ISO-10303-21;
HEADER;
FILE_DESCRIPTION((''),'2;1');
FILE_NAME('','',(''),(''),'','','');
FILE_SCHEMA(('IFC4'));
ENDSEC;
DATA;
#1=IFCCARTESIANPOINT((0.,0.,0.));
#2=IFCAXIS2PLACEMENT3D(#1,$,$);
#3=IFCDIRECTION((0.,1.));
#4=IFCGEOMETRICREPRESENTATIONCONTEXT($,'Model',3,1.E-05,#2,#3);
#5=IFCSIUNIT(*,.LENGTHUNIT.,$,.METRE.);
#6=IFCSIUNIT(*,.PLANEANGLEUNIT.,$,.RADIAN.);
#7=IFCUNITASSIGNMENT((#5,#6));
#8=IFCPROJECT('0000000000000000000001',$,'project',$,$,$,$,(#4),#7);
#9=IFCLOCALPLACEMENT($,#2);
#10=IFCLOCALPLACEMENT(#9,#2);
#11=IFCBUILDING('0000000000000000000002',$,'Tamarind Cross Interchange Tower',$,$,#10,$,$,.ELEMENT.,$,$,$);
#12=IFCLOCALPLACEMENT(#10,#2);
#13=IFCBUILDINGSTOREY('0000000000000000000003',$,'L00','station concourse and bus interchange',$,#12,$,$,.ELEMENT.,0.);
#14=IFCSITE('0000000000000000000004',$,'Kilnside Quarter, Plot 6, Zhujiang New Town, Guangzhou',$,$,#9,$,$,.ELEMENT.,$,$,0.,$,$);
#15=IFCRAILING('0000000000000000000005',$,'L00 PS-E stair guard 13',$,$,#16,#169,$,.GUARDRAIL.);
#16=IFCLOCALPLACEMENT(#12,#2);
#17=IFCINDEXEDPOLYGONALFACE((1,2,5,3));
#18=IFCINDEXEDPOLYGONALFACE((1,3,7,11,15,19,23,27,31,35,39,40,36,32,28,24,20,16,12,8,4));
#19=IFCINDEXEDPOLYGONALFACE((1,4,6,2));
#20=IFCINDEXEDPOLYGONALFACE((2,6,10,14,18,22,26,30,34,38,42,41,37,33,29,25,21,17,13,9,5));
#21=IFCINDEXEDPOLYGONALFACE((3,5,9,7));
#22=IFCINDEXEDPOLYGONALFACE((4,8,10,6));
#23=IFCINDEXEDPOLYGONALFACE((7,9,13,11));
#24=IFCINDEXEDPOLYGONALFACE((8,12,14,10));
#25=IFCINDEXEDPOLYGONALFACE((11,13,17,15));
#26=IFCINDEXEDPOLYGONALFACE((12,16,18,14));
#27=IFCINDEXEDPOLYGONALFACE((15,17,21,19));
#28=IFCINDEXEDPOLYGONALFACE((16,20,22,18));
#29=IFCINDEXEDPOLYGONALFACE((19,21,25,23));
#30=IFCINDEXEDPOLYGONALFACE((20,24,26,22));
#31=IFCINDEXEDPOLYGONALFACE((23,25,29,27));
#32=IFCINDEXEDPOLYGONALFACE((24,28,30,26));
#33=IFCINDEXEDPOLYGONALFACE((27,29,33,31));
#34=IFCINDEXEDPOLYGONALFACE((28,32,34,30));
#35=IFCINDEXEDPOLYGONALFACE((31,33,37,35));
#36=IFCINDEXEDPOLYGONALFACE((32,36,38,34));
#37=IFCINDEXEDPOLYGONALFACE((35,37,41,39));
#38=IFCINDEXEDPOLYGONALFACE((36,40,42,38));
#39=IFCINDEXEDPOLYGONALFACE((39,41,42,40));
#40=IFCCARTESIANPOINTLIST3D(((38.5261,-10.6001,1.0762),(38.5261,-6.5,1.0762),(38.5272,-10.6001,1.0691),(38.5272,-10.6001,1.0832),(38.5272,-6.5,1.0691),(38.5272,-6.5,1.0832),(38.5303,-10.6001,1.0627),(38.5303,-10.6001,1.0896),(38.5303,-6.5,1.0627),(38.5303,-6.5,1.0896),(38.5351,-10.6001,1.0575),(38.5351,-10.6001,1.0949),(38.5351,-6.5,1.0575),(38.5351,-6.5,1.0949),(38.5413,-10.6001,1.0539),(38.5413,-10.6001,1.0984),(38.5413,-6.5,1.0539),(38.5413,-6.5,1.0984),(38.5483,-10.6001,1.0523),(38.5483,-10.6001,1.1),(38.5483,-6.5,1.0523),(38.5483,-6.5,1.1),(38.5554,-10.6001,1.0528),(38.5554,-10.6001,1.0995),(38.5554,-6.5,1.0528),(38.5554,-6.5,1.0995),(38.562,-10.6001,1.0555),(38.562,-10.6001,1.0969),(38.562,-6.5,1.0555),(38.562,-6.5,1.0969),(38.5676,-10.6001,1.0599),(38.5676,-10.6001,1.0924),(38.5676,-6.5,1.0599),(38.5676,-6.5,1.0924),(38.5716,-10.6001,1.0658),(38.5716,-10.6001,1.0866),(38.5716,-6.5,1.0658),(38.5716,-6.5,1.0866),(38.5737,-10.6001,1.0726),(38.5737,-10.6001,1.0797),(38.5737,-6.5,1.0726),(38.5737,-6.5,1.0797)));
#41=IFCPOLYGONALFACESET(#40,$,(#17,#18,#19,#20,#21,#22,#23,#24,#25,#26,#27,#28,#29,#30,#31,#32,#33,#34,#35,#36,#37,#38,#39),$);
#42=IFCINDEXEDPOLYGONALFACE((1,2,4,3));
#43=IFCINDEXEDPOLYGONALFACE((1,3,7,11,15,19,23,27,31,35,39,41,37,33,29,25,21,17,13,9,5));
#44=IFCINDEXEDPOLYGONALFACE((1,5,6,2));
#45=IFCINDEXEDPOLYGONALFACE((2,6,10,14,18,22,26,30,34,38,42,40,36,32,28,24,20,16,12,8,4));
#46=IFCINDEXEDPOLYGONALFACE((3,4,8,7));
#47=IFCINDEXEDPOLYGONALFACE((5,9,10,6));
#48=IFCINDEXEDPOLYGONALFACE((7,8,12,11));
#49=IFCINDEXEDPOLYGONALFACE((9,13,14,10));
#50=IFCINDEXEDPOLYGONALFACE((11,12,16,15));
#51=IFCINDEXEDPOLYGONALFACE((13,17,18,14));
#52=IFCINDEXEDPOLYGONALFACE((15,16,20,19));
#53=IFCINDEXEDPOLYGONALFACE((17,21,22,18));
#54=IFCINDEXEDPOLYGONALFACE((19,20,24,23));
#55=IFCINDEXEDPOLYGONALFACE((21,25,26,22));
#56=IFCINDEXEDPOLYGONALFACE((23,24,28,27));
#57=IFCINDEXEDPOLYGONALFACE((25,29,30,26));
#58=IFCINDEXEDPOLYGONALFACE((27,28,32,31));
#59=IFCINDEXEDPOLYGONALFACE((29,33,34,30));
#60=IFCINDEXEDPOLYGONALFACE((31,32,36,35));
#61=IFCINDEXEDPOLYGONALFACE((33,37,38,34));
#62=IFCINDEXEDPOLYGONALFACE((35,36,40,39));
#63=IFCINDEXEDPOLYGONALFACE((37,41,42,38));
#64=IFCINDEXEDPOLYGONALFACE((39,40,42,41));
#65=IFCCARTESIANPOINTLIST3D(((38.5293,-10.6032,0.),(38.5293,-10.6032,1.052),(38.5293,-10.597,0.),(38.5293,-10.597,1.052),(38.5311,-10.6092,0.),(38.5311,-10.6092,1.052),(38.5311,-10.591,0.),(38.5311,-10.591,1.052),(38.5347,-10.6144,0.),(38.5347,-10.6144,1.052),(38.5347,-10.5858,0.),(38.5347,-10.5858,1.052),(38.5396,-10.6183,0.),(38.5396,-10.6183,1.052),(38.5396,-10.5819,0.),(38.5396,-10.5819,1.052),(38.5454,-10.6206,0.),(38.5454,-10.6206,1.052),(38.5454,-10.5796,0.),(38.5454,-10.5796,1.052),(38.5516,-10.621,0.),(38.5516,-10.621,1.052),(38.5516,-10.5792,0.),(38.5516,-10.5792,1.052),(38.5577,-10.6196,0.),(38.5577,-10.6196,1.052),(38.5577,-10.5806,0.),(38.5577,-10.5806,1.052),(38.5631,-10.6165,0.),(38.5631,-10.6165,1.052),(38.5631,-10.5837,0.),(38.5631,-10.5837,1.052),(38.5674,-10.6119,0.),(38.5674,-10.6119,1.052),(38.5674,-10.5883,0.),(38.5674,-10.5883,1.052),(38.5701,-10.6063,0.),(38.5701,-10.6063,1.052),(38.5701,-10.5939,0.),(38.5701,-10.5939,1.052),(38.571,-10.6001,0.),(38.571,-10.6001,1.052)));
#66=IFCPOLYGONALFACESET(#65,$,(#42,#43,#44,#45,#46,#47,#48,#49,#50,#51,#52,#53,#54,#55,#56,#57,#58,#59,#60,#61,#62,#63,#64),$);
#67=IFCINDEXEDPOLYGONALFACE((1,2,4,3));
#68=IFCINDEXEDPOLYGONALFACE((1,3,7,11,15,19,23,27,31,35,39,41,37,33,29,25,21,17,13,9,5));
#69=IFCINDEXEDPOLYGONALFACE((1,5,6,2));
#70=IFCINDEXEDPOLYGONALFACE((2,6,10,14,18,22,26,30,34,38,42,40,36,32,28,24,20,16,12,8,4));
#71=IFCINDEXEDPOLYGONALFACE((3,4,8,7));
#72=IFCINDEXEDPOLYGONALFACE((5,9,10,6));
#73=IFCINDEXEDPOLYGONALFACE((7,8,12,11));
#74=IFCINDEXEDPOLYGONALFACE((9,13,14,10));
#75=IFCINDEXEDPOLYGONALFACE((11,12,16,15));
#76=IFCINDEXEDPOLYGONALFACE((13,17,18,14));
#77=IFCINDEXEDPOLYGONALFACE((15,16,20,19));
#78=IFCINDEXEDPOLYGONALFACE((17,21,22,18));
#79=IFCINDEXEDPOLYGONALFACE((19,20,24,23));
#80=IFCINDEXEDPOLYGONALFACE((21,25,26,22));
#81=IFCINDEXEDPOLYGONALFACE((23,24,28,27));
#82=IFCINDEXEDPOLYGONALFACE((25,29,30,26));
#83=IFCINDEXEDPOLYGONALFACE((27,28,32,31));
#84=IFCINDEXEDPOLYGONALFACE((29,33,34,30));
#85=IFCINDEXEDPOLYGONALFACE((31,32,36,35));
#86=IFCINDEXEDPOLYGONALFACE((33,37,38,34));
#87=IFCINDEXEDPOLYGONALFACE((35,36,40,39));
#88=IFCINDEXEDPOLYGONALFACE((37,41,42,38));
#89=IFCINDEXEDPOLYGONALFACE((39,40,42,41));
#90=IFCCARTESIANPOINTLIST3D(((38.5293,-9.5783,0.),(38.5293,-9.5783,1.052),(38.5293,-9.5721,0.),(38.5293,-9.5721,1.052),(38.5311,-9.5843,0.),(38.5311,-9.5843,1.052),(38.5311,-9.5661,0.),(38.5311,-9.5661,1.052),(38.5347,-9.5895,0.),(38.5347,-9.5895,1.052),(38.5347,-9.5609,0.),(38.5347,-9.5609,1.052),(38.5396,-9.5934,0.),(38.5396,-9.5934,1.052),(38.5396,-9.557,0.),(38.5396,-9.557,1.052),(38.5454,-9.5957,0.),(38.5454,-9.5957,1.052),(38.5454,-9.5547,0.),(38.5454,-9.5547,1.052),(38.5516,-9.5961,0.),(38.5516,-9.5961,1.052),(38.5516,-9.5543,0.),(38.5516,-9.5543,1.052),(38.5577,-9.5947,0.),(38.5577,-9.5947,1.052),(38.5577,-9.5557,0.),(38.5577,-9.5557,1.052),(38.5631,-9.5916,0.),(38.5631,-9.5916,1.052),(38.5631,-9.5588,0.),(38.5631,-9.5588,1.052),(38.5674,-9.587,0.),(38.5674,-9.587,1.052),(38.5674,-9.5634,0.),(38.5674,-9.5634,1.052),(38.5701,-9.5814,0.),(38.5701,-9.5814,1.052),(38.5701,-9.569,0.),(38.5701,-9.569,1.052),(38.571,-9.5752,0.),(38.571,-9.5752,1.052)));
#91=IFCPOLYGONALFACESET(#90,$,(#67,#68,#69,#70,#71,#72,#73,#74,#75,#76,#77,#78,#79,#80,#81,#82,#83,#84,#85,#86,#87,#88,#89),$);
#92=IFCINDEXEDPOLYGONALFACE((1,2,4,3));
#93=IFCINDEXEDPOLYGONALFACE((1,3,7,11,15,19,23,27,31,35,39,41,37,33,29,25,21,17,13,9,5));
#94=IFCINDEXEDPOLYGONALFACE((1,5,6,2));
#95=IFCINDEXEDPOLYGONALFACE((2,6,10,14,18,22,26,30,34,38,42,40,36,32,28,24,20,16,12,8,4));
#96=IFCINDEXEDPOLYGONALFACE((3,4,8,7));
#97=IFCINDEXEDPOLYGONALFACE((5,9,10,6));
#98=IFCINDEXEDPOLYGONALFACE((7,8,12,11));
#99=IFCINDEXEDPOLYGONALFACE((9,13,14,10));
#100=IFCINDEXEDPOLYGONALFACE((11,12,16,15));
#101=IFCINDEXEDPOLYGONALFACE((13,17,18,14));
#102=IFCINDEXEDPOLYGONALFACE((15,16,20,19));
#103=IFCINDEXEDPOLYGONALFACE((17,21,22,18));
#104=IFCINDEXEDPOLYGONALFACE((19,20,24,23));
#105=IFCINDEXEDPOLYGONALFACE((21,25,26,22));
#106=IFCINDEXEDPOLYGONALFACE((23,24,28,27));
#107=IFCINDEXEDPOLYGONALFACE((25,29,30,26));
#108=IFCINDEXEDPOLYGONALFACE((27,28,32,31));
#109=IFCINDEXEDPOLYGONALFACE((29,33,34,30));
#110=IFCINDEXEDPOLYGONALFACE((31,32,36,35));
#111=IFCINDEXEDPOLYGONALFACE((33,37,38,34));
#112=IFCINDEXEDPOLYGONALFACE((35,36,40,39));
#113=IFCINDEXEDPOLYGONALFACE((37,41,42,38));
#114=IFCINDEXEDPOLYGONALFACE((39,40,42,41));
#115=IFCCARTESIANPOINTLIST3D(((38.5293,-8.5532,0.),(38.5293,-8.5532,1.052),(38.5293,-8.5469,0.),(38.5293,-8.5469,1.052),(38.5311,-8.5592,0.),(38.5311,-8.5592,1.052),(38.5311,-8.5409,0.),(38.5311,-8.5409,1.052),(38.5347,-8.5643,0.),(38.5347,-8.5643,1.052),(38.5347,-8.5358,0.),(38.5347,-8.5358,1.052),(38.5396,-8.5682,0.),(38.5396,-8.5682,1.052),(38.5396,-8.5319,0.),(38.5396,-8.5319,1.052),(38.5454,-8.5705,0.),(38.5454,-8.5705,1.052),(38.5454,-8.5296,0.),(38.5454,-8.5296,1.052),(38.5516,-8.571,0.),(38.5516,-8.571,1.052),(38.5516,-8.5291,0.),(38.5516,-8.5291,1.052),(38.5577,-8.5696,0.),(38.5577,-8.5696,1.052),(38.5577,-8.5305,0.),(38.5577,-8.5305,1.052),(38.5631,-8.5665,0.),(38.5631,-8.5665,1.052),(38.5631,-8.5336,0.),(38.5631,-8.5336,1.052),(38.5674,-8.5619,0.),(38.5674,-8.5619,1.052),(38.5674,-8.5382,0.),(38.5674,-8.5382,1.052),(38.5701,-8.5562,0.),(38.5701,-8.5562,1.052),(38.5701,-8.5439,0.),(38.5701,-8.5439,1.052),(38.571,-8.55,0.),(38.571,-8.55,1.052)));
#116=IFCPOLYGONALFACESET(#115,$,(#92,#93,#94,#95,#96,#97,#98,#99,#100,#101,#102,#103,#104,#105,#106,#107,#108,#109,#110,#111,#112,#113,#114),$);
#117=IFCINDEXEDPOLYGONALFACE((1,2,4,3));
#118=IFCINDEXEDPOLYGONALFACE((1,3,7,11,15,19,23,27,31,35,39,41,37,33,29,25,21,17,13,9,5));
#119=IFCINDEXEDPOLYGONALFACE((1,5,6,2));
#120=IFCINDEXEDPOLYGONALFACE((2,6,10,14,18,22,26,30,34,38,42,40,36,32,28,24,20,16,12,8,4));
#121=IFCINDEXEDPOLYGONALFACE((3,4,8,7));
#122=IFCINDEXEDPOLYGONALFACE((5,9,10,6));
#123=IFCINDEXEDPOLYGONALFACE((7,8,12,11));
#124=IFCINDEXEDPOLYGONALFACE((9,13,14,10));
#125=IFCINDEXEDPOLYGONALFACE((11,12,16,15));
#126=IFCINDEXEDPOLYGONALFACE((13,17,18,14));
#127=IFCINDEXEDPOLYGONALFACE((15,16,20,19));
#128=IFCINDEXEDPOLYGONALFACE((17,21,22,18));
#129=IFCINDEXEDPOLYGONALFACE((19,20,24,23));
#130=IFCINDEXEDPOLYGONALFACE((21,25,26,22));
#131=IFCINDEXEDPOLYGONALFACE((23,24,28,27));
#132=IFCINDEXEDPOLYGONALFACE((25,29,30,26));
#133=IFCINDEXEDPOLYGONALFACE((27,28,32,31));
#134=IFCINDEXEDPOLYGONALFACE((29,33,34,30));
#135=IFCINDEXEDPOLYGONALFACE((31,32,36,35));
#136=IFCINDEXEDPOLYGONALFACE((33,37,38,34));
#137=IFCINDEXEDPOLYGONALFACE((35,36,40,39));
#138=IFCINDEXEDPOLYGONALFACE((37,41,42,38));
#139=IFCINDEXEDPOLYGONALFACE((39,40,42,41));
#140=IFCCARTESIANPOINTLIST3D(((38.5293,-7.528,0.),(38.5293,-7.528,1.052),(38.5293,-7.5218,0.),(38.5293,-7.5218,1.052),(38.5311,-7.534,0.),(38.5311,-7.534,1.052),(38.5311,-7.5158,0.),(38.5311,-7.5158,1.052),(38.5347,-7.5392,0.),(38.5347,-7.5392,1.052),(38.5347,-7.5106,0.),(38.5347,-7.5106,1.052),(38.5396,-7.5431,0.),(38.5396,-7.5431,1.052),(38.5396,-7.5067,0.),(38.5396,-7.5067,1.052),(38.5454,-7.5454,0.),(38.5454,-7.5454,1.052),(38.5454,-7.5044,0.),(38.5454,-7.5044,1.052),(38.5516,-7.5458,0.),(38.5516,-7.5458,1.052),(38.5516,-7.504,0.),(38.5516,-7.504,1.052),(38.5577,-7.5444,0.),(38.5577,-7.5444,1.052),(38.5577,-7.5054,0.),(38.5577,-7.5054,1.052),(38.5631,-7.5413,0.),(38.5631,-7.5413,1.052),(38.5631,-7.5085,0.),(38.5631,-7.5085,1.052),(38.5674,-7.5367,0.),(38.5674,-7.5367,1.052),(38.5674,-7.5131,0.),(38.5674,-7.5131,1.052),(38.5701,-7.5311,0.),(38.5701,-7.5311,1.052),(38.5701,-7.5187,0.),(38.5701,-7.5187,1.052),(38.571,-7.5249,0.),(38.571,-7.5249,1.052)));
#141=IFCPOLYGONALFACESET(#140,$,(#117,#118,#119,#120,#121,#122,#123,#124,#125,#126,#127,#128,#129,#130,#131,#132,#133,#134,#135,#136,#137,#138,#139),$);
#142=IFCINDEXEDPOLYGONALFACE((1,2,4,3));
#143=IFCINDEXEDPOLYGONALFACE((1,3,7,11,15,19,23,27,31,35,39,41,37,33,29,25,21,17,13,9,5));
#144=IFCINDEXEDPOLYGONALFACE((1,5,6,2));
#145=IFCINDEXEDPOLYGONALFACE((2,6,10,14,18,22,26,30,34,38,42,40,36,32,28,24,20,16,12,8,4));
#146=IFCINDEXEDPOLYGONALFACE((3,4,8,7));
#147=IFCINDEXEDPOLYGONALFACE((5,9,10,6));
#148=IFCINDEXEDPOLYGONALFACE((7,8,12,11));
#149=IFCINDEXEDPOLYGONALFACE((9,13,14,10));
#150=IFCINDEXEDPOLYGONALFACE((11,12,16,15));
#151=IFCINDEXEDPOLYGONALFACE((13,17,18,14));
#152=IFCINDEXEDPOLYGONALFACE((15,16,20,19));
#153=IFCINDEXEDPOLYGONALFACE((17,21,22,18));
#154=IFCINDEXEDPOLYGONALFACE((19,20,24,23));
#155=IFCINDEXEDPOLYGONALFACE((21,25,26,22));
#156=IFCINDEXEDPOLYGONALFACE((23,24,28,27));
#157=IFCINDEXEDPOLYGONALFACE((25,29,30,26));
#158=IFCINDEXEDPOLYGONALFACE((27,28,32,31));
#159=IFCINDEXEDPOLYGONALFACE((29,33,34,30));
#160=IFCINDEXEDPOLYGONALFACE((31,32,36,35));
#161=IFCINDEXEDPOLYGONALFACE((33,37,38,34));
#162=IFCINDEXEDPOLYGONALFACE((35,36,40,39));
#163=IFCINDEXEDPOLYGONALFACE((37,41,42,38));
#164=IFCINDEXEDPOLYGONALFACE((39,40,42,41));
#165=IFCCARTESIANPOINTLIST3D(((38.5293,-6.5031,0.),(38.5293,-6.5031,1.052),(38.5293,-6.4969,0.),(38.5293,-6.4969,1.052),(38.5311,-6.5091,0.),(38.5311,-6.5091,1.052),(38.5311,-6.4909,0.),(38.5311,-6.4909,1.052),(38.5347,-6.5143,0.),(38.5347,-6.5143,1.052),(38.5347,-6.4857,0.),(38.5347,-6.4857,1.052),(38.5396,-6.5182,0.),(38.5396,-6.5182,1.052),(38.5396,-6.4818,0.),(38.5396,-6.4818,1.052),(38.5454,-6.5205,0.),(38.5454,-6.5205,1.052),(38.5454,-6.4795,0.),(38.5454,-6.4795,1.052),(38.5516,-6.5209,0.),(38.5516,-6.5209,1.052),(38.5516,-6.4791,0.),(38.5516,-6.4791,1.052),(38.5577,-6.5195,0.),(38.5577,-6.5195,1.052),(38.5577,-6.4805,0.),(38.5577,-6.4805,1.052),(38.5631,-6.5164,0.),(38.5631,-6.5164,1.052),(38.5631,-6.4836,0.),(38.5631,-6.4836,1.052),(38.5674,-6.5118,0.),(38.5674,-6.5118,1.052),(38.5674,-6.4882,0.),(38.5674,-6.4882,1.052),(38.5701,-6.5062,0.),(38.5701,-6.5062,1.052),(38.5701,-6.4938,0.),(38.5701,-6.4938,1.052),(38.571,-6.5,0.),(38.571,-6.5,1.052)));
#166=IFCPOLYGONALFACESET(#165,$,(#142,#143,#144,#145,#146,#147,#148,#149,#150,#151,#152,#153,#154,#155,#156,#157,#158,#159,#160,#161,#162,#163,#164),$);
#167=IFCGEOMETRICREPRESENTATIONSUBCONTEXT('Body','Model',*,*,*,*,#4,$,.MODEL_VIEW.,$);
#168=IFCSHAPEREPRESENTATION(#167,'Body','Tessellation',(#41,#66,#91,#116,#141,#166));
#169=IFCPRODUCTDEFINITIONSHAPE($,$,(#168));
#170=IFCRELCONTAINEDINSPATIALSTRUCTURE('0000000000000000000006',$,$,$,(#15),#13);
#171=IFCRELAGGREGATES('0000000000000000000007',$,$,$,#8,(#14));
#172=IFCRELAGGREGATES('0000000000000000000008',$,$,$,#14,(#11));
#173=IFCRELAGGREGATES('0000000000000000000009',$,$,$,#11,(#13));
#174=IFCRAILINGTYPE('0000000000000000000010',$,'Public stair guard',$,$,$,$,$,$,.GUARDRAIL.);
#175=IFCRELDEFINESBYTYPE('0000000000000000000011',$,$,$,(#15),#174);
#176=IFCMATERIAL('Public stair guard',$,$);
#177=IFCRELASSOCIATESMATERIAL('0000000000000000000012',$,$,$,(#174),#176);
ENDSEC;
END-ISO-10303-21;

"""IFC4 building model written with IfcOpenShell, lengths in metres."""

from ifc_helpers import new_model, si_unit, direction, frame, origin, origin_2d, place, context, subcontext, project, spatial, circle, extrude, material, type_object, element, save


model = new_model("IFC4")

# Units and contexts
model_context = context("Model", 3, precision=1e-05, world=origin(), true_north=direction((0.0, 1.0)))
body_context = subcontext(model_context, "Body", "Model", "MODEL_VIEW")
ifc_project = project(units=[si_unit("LENGTHUNIT", "METRE"), si_unit("PLANEANGLEUNIT", "RADIAN")], contexts=[model_context])

# Site, building, storey
site_placement = place(None, origin())
site = spatial("IfcSite", under=ifc_project, at=site_placement, Name="Kilnside Quarter, Plot 6, Zhujiang New Town, Guangzhou", CompositionType="ELEMENT", RefElevation=0.0)
building_placement = place(site_placement, origin())
building = spatial("IfcBuilding", under=site, at=building_placement, Name="Tamarind Cross Interchange Tower", CompositionType="ELEMENT")
storey_placement = place(building_placement, origin())
storey = spatial("IfcBuildingStorey", under=building, at=storey_placement, Name="L00", Description="station concourse and bus interchange", CompositionType="ELEMENT", Elevation=0.0)

# Railing
ifc_material_1 = material(Name="Public stair guard")
railing_type_1 = type_object("IfcRailingType", Name="Public stair guard", PredefinedType="GUARDRAIL", material=ifc_material_1)
railing_1_placement = place(storey_placement, frame((38.55, -10.6001, 0.0)))
element("IfcRailing", 1, at=railing_1_placement, inside=storey, type_object=railing_type_1, Name="L00 PS-E stair guard 13", PredefinedType="GUARDRAIL", context=body_context, shape_type="SweptSolid", body=[
    extrude(circle(Radius=0.0239, at=origin_2d()), frame((0.0, 0.0, 1.0762), z_axis=(0.0, 1.0, 0.0), x_axis=(-1.0, 0.0, 0.0)), (0.0, 0.0, 1.0), 4.1001),
    extrude(circle(Radius=0.021, at=origin_2d()), origin(), (0.0, 0.0, 1.0), 1.052),
    extrude(circle(Radius=0.021, at=origin_2d()), frame((0.0, 1.0249, 0.0)), (0.0, 0.0, 1.0), 1.052),
    extrude(circle(Radius=0.021, at=origin_2d()), frame((0.0, 2.05, 0.0)), (0.0, 0.0, 1.0), 1.052),
    extrude(circle(Radius=0.021, at=origin_2d()), frame((0.0, 3.0752, 0.0)), (0.0, 0.0, 1.0), 1.052),
    extrude(circle(Radius=0.021, at=origin_2d()), frame((0.0, 4.1001, 0.0)), (0.0, 0.0, 1.0), 1.052),
])

save(model, "model.ifc")
